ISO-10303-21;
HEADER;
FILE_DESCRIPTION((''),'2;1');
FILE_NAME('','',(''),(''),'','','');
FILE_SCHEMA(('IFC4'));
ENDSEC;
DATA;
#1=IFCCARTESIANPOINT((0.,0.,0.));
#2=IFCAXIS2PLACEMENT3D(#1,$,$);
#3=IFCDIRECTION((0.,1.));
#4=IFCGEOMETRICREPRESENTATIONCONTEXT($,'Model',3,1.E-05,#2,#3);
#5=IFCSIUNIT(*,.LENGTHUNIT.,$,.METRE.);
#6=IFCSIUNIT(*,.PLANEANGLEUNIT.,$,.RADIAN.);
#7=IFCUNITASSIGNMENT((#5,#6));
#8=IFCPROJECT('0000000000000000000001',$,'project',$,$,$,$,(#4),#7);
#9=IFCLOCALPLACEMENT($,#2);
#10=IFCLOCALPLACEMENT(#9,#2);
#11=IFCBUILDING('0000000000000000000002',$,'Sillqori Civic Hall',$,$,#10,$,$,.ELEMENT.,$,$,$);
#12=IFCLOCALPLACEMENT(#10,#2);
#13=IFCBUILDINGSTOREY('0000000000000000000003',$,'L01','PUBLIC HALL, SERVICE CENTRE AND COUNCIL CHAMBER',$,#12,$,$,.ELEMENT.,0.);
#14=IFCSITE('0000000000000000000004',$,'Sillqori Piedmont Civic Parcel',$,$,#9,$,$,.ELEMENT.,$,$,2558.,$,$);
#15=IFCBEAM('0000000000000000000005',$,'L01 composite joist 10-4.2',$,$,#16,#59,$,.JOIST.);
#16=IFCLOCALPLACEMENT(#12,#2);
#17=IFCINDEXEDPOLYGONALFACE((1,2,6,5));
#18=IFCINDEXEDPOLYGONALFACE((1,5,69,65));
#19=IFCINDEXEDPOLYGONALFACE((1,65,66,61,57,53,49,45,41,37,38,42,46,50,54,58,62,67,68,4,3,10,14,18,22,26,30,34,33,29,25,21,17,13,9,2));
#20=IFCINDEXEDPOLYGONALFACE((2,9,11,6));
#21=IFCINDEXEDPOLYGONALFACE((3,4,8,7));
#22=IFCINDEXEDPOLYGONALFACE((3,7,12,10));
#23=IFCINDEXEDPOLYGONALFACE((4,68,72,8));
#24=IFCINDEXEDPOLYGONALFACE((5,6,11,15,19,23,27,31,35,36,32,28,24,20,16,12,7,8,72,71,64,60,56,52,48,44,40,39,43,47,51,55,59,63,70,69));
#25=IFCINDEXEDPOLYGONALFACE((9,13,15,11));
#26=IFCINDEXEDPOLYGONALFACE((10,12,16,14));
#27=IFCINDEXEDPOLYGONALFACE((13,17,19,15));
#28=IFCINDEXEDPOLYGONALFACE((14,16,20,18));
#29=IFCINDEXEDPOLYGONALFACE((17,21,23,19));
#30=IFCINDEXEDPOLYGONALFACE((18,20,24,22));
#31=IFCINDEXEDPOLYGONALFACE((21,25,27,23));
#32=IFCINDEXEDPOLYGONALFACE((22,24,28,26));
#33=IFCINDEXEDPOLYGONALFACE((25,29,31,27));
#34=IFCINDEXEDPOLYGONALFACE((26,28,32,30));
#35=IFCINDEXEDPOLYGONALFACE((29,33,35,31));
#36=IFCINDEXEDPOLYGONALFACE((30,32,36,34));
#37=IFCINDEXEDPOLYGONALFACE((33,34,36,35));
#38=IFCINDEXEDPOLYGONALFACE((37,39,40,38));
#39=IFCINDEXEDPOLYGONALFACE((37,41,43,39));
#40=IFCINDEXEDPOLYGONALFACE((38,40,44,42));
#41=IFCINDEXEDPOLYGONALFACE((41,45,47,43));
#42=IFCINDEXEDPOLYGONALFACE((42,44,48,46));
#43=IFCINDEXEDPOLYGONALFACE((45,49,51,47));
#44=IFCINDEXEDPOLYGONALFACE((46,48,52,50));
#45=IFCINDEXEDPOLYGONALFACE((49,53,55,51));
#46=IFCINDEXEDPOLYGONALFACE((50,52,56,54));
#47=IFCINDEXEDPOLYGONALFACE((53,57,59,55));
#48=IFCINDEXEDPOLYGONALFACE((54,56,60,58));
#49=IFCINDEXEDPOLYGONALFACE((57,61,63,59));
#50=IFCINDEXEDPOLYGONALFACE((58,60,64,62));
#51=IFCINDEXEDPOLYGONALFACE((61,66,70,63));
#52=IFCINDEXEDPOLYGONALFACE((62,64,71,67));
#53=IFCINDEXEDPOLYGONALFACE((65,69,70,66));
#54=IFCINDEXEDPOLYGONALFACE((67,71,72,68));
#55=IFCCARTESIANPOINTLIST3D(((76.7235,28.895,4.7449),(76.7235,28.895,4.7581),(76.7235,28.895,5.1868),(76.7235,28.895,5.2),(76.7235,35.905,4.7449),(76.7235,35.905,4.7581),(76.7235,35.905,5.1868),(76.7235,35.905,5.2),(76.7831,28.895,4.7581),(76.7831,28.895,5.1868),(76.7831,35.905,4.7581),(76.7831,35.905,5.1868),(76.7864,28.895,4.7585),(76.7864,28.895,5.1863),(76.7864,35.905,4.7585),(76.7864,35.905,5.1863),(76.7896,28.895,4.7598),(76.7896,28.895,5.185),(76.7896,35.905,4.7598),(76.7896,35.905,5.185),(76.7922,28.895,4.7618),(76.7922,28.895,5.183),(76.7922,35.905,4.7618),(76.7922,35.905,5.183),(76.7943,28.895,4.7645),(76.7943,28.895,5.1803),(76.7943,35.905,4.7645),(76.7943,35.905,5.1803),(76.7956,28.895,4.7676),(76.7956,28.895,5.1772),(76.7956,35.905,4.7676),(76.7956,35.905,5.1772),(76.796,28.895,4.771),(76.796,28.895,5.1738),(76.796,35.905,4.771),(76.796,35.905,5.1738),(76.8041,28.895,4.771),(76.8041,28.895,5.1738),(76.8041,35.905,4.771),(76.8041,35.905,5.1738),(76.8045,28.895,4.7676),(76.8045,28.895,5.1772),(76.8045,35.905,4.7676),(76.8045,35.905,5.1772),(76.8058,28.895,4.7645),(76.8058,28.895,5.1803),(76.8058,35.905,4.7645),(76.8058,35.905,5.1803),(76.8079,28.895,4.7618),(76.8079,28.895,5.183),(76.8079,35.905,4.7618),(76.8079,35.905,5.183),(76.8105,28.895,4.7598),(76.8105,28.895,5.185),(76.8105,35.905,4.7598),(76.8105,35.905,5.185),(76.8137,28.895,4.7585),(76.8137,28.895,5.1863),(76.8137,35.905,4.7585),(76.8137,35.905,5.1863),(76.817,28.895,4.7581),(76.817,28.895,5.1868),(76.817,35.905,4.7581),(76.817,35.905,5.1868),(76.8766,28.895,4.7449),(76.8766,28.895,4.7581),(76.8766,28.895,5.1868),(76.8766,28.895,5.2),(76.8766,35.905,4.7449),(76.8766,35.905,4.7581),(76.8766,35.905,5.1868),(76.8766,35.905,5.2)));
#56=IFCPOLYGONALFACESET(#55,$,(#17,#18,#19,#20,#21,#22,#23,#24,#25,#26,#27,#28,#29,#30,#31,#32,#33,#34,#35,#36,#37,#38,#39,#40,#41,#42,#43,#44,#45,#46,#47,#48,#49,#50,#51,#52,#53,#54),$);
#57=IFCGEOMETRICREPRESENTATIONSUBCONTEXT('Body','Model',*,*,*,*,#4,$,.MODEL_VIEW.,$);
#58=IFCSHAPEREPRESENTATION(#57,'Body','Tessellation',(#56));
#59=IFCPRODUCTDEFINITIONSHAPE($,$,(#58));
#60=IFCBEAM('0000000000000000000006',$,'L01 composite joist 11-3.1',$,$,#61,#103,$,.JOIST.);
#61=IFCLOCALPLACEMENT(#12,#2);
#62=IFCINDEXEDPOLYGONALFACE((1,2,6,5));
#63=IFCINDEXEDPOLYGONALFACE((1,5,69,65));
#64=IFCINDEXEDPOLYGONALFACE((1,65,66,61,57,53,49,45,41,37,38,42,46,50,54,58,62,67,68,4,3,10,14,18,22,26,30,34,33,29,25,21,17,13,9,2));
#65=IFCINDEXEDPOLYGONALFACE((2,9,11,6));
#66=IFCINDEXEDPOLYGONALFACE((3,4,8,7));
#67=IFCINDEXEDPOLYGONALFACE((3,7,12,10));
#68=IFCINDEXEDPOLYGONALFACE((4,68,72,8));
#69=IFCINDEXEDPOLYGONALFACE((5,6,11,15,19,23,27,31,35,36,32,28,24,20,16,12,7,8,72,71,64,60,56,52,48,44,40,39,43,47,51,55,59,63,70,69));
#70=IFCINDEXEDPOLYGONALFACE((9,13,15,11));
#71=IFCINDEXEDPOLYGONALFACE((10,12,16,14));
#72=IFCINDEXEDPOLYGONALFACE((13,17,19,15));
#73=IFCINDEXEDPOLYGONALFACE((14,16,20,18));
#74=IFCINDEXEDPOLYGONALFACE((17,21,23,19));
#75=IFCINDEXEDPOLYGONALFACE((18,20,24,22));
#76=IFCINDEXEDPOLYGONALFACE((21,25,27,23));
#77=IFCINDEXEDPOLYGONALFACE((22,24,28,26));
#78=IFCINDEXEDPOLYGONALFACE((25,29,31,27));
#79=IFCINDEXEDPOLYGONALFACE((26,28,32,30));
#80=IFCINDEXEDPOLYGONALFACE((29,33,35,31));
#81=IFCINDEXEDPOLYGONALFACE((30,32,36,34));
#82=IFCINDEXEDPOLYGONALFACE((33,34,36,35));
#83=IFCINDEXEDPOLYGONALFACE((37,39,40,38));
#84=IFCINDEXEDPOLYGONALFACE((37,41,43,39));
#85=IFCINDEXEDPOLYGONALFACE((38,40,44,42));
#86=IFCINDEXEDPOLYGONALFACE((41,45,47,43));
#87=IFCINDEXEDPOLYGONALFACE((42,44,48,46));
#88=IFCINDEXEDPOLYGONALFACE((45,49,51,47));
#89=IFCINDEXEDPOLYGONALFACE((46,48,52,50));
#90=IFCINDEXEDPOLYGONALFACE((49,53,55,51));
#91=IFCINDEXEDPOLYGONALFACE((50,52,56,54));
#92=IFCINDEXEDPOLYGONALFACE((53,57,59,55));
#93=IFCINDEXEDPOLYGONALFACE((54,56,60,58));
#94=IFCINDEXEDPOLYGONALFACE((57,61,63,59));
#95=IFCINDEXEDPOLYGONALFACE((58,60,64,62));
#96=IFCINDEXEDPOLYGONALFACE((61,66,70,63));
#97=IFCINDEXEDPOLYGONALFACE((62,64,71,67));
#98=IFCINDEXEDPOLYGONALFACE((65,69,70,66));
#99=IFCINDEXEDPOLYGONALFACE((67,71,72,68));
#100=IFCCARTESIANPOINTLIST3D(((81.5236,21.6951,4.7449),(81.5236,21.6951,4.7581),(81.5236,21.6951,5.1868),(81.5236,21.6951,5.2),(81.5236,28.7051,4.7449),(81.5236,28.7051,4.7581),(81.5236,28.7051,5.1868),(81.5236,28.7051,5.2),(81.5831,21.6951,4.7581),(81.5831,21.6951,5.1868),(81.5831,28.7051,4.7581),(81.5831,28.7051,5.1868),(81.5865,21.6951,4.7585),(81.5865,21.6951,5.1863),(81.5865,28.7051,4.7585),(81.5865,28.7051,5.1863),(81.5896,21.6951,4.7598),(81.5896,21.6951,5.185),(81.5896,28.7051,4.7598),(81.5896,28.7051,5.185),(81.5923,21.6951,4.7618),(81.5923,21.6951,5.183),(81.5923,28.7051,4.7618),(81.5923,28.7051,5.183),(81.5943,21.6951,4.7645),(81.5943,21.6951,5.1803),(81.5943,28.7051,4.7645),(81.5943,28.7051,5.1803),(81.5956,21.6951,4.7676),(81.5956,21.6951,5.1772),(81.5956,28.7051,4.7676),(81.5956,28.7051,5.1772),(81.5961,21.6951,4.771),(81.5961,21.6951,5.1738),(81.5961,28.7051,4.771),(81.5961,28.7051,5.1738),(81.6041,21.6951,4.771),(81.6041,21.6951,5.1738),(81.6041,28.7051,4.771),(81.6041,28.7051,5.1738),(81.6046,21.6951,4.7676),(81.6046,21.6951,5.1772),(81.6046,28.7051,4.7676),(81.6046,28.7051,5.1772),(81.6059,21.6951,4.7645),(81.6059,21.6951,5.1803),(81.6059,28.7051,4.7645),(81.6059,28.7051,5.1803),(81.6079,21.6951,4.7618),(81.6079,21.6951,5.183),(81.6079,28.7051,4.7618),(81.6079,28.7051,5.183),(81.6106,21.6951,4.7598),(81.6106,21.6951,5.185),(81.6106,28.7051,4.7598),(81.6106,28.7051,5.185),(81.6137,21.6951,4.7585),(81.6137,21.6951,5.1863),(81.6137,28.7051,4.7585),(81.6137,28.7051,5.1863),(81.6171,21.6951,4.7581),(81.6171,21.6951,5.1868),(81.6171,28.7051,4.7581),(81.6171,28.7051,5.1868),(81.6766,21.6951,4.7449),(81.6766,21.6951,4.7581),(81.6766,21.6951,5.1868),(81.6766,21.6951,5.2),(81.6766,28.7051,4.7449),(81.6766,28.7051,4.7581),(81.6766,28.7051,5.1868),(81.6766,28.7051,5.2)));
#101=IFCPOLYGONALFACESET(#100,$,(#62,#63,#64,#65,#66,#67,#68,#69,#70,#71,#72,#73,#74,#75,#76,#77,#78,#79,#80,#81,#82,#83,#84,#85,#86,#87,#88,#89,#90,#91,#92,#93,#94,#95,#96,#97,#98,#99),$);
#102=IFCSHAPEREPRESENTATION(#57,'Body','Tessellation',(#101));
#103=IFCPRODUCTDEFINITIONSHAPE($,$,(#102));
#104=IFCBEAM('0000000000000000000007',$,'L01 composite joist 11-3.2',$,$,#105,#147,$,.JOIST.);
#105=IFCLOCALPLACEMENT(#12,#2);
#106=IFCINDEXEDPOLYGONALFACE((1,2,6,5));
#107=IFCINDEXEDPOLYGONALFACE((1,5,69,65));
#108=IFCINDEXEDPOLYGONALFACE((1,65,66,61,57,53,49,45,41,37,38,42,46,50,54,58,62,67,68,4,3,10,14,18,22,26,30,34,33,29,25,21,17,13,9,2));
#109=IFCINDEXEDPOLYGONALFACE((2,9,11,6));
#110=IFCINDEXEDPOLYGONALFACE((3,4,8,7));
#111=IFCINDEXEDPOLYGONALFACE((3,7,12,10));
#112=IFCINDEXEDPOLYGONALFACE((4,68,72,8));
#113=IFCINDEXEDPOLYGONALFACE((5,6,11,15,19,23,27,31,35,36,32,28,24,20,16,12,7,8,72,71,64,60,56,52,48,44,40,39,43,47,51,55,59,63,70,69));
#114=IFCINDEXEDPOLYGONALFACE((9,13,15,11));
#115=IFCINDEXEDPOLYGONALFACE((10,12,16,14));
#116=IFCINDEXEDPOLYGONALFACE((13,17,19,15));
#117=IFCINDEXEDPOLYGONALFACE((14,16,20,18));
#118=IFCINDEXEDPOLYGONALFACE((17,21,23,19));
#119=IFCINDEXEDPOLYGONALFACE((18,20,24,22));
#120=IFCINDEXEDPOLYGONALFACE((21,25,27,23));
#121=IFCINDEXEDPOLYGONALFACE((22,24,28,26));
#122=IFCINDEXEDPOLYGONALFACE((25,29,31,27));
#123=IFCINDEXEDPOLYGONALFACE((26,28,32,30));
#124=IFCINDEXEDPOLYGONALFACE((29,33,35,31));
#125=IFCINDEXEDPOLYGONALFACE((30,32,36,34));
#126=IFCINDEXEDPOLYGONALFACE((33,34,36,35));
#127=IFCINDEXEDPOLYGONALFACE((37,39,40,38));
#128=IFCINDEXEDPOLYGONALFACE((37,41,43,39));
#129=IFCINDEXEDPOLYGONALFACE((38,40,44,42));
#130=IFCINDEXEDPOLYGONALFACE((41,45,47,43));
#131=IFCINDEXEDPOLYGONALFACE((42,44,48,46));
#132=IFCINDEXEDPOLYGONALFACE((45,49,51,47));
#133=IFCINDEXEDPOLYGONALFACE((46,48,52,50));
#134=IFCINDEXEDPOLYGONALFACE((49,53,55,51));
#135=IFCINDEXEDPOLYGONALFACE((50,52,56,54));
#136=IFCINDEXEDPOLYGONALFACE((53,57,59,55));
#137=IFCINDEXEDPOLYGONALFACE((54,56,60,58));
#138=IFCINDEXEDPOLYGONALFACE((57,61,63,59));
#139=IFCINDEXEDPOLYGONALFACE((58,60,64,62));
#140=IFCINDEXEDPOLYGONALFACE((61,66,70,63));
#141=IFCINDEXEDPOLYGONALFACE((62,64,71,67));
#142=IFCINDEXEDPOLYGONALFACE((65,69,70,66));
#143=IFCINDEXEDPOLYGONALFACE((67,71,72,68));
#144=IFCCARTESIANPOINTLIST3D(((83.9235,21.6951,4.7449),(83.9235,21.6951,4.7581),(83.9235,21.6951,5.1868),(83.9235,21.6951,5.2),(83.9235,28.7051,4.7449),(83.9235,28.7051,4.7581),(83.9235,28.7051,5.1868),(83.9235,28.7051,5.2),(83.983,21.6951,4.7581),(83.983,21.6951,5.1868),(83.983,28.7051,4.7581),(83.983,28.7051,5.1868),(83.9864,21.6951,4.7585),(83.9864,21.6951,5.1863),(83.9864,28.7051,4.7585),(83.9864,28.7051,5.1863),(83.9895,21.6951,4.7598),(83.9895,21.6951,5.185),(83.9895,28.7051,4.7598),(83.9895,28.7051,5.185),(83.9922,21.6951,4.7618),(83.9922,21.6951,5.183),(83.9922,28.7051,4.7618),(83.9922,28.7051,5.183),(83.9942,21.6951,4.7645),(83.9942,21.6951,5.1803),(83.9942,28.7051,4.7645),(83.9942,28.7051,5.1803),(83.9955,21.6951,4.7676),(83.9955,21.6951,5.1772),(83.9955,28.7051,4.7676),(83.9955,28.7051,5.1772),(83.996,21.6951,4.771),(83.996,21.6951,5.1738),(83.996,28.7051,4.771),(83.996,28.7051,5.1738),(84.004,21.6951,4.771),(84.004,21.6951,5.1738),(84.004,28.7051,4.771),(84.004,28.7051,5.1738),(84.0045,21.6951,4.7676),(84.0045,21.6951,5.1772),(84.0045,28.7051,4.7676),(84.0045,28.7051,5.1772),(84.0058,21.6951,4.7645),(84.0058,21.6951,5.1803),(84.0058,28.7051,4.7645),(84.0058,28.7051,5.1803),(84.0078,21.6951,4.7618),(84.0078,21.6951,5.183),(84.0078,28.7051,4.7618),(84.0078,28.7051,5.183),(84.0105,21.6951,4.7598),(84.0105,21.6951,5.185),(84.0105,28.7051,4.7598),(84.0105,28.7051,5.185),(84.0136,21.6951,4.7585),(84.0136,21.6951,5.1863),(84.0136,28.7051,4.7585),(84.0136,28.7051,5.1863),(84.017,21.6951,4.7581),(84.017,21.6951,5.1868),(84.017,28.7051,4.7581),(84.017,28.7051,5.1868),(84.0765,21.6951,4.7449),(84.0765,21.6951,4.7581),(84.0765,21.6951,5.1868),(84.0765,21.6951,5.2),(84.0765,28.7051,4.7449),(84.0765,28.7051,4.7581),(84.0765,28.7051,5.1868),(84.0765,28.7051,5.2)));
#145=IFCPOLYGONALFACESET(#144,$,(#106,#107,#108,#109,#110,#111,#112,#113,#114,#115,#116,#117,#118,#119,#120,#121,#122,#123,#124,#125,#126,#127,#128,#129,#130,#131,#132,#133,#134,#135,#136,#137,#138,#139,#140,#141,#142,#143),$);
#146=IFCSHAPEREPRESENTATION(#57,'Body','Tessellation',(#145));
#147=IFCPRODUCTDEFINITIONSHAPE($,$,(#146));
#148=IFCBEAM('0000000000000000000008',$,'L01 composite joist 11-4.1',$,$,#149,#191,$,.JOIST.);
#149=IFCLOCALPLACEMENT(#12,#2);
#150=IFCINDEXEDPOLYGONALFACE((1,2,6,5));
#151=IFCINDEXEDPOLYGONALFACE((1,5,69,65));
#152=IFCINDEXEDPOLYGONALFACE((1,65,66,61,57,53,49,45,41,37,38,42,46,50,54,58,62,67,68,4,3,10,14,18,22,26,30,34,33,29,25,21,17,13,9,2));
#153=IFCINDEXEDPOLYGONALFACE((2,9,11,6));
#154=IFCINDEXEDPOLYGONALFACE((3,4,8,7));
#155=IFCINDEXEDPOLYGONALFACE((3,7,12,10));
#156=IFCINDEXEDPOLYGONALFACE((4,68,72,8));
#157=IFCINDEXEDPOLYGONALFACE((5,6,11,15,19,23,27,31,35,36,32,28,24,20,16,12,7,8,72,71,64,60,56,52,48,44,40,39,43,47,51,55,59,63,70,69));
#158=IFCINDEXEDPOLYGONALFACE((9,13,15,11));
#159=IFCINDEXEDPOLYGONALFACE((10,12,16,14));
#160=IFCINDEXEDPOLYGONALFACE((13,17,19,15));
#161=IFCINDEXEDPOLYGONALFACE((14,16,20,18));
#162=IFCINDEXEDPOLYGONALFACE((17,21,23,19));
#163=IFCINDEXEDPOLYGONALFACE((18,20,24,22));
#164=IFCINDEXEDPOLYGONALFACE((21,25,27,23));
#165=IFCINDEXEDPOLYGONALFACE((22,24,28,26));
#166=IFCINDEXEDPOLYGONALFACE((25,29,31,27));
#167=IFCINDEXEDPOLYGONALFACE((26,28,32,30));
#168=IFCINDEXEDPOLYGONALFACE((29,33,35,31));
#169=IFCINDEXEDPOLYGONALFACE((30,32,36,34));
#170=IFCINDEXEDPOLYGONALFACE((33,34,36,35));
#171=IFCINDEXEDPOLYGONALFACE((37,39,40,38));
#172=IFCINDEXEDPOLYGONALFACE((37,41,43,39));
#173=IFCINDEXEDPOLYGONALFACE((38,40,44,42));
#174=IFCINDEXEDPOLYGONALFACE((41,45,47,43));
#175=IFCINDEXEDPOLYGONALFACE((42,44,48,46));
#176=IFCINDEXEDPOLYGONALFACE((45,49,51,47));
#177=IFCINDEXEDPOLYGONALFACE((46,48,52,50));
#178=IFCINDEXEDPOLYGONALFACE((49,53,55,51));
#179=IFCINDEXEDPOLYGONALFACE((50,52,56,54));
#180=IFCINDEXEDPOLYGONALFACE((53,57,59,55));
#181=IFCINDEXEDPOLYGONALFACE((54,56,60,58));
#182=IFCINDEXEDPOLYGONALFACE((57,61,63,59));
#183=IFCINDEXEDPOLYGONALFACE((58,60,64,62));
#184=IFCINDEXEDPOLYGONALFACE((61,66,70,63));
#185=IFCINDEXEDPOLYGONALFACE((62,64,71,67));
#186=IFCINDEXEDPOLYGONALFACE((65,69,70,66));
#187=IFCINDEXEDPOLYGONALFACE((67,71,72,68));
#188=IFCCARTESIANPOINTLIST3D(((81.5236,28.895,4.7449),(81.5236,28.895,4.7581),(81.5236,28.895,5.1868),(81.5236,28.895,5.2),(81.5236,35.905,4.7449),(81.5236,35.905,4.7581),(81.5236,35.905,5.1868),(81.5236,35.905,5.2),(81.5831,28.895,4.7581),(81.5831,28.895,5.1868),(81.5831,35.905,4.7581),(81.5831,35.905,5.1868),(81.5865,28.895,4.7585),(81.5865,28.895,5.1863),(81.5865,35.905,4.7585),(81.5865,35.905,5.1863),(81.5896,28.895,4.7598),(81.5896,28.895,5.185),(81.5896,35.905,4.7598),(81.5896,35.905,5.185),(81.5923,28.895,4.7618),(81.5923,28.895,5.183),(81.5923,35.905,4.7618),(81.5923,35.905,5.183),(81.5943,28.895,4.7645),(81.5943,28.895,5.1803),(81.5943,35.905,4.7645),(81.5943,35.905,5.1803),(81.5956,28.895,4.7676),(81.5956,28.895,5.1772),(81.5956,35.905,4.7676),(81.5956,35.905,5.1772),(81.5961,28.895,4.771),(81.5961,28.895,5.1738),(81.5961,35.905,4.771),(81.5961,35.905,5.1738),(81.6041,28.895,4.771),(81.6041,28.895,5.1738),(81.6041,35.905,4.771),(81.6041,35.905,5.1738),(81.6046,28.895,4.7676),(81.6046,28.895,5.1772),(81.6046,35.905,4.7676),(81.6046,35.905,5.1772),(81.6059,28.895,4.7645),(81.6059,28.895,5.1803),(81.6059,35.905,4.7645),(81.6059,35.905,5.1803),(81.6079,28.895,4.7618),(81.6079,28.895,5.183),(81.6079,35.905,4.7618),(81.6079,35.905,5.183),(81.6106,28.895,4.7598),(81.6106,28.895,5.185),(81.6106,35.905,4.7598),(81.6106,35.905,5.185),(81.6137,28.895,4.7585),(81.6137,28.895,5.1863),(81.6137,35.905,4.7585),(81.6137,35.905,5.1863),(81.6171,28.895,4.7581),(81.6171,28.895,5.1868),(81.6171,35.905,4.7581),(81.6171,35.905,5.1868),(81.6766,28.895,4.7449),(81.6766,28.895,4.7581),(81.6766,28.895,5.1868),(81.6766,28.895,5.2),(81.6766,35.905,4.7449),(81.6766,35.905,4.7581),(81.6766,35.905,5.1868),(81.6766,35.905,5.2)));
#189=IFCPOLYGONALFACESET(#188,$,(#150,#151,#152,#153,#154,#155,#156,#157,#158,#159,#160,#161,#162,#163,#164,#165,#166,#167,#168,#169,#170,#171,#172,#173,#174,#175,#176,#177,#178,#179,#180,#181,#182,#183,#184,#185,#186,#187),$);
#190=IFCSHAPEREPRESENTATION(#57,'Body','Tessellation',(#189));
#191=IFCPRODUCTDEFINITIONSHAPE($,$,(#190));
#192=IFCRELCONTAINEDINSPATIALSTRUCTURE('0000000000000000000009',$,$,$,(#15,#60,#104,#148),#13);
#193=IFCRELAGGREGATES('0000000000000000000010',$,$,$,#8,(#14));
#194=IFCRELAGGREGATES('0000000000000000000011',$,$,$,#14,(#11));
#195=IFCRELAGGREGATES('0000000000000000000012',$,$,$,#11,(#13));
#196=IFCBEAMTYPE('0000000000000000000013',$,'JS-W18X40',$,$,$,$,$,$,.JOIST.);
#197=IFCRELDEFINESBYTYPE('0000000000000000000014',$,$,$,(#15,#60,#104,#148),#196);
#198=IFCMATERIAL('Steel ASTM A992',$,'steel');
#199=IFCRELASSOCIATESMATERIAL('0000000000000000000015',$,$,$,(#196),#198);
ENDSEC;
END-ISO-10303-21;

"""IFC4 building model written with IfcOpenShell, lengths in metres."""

from ifc_helpers import new_model, si_unit, direction, frame, origin, origin_2d, place, context, subcontext, project, spatial, i_section, extrude, material, material_profile, profile_set, type_object, element, save


model = new_model("IFC4")

# Units and contexts
model_context = context("Model", 3, precision=1e-05, world=origin(), true_north=direction((0.0, 1.0)))
body_context = subcontext(model_context, "Body", "Model", "MODEL_VIEW")
ifc_project = project(units=[si_unit("LENGTHUNIT", "METRE"), si_unit("PLANEANGLEUNIT", "RADIAN")], contexts=[model_context])

# Site, building, storey
site_placement = place(None, origin())
site = spatial("IfcSite", under=ifc_project, at=site_placement, Name="Sillqori Piedmont Civic Parcel", CompositionType="ELEMENT", RefElevation=2558.0)
building_placement = place(site_placement, origin())
building = spatial("IfcBuilding", under=site, at=building_placement, Name="Sillqori Civic Hall", CompositionType="ELEMENT")
storey_placement = place(building_placement, origin())
storey = spatial("IfcBuildingStorey", under=building, at=storey_placement, Name="L01", Description="PUBLIC HALL, SERVICE CENTRE AND COUNCIL CHAMBER", CompositionType="ELEMENT", Elevation=0.0)

# Shared definitions
ifc_material_1 = material(Name="Steel ASTM A992", Category="steel")

# Beams
ifc_material_profile_1 = material_profile(ifc_material_1, i_section(OverallWidth=0.1531, OverallDepth=0.4551, WebThickness=0.0081, FlangeThickness=0.0132, FilletRadius=0.0129, at=origin_2d()), Name="W18X40")
ifc_profile_set_1 = profile_set([ifc_material_profile_1], Name="Steel ASTM A992")
beam_type_1 = type_object("IfcBeamType", Name="JS-W18X40", PredefinedType="JOIST", material=ifc_profile_set_1)
for number, where, z_axis, x_axis, name in (
    (1, (76.8, 28.895, 4.9724), (0.0, 1.0, 0.0), (-1.0, 0.0, 0.0), "L01 composite joist 10-4.2"),
    (2, (81.6001, 21.6951, 4.9724), (0.0, 1.0, 0.0), (-1.0, 0.0, 0.0), "L01 composite joist 11-3.1"),
    (3, (84.0, 21.6951, 4.9724), (0.0, 1.0, 0.0), (-1.0, 0.0, 0.0), "L01 composite joist 11-3.2"),
    (4, (81.6001, 28.895, 4.9724), (0.0, 1.0, 0.0), (-1.0, 0.0, 0.0), "L01 composite joist 11-4.1"),
):
    element("IfcBeam", number, at=place(storey_placement, frame(where, z_axis=z_axis, x_axis=x_axis)), inside=storey, type_object=beam_type_1, Name=name, PredefinedType="JOIST", context=body_context, shape_type="SweptSolid", body=[
        extrude(i_section(OverallWidth=0.1531, OverallDepth=0.4551, WebThickness=0.0081, FlangeThickness=0.0132, FilletRadius=0.0129, at=origin_2d()), origin(), (0.0, 0.0, 1.0), 7.01),
    ])

save(model, "model.ifc")
